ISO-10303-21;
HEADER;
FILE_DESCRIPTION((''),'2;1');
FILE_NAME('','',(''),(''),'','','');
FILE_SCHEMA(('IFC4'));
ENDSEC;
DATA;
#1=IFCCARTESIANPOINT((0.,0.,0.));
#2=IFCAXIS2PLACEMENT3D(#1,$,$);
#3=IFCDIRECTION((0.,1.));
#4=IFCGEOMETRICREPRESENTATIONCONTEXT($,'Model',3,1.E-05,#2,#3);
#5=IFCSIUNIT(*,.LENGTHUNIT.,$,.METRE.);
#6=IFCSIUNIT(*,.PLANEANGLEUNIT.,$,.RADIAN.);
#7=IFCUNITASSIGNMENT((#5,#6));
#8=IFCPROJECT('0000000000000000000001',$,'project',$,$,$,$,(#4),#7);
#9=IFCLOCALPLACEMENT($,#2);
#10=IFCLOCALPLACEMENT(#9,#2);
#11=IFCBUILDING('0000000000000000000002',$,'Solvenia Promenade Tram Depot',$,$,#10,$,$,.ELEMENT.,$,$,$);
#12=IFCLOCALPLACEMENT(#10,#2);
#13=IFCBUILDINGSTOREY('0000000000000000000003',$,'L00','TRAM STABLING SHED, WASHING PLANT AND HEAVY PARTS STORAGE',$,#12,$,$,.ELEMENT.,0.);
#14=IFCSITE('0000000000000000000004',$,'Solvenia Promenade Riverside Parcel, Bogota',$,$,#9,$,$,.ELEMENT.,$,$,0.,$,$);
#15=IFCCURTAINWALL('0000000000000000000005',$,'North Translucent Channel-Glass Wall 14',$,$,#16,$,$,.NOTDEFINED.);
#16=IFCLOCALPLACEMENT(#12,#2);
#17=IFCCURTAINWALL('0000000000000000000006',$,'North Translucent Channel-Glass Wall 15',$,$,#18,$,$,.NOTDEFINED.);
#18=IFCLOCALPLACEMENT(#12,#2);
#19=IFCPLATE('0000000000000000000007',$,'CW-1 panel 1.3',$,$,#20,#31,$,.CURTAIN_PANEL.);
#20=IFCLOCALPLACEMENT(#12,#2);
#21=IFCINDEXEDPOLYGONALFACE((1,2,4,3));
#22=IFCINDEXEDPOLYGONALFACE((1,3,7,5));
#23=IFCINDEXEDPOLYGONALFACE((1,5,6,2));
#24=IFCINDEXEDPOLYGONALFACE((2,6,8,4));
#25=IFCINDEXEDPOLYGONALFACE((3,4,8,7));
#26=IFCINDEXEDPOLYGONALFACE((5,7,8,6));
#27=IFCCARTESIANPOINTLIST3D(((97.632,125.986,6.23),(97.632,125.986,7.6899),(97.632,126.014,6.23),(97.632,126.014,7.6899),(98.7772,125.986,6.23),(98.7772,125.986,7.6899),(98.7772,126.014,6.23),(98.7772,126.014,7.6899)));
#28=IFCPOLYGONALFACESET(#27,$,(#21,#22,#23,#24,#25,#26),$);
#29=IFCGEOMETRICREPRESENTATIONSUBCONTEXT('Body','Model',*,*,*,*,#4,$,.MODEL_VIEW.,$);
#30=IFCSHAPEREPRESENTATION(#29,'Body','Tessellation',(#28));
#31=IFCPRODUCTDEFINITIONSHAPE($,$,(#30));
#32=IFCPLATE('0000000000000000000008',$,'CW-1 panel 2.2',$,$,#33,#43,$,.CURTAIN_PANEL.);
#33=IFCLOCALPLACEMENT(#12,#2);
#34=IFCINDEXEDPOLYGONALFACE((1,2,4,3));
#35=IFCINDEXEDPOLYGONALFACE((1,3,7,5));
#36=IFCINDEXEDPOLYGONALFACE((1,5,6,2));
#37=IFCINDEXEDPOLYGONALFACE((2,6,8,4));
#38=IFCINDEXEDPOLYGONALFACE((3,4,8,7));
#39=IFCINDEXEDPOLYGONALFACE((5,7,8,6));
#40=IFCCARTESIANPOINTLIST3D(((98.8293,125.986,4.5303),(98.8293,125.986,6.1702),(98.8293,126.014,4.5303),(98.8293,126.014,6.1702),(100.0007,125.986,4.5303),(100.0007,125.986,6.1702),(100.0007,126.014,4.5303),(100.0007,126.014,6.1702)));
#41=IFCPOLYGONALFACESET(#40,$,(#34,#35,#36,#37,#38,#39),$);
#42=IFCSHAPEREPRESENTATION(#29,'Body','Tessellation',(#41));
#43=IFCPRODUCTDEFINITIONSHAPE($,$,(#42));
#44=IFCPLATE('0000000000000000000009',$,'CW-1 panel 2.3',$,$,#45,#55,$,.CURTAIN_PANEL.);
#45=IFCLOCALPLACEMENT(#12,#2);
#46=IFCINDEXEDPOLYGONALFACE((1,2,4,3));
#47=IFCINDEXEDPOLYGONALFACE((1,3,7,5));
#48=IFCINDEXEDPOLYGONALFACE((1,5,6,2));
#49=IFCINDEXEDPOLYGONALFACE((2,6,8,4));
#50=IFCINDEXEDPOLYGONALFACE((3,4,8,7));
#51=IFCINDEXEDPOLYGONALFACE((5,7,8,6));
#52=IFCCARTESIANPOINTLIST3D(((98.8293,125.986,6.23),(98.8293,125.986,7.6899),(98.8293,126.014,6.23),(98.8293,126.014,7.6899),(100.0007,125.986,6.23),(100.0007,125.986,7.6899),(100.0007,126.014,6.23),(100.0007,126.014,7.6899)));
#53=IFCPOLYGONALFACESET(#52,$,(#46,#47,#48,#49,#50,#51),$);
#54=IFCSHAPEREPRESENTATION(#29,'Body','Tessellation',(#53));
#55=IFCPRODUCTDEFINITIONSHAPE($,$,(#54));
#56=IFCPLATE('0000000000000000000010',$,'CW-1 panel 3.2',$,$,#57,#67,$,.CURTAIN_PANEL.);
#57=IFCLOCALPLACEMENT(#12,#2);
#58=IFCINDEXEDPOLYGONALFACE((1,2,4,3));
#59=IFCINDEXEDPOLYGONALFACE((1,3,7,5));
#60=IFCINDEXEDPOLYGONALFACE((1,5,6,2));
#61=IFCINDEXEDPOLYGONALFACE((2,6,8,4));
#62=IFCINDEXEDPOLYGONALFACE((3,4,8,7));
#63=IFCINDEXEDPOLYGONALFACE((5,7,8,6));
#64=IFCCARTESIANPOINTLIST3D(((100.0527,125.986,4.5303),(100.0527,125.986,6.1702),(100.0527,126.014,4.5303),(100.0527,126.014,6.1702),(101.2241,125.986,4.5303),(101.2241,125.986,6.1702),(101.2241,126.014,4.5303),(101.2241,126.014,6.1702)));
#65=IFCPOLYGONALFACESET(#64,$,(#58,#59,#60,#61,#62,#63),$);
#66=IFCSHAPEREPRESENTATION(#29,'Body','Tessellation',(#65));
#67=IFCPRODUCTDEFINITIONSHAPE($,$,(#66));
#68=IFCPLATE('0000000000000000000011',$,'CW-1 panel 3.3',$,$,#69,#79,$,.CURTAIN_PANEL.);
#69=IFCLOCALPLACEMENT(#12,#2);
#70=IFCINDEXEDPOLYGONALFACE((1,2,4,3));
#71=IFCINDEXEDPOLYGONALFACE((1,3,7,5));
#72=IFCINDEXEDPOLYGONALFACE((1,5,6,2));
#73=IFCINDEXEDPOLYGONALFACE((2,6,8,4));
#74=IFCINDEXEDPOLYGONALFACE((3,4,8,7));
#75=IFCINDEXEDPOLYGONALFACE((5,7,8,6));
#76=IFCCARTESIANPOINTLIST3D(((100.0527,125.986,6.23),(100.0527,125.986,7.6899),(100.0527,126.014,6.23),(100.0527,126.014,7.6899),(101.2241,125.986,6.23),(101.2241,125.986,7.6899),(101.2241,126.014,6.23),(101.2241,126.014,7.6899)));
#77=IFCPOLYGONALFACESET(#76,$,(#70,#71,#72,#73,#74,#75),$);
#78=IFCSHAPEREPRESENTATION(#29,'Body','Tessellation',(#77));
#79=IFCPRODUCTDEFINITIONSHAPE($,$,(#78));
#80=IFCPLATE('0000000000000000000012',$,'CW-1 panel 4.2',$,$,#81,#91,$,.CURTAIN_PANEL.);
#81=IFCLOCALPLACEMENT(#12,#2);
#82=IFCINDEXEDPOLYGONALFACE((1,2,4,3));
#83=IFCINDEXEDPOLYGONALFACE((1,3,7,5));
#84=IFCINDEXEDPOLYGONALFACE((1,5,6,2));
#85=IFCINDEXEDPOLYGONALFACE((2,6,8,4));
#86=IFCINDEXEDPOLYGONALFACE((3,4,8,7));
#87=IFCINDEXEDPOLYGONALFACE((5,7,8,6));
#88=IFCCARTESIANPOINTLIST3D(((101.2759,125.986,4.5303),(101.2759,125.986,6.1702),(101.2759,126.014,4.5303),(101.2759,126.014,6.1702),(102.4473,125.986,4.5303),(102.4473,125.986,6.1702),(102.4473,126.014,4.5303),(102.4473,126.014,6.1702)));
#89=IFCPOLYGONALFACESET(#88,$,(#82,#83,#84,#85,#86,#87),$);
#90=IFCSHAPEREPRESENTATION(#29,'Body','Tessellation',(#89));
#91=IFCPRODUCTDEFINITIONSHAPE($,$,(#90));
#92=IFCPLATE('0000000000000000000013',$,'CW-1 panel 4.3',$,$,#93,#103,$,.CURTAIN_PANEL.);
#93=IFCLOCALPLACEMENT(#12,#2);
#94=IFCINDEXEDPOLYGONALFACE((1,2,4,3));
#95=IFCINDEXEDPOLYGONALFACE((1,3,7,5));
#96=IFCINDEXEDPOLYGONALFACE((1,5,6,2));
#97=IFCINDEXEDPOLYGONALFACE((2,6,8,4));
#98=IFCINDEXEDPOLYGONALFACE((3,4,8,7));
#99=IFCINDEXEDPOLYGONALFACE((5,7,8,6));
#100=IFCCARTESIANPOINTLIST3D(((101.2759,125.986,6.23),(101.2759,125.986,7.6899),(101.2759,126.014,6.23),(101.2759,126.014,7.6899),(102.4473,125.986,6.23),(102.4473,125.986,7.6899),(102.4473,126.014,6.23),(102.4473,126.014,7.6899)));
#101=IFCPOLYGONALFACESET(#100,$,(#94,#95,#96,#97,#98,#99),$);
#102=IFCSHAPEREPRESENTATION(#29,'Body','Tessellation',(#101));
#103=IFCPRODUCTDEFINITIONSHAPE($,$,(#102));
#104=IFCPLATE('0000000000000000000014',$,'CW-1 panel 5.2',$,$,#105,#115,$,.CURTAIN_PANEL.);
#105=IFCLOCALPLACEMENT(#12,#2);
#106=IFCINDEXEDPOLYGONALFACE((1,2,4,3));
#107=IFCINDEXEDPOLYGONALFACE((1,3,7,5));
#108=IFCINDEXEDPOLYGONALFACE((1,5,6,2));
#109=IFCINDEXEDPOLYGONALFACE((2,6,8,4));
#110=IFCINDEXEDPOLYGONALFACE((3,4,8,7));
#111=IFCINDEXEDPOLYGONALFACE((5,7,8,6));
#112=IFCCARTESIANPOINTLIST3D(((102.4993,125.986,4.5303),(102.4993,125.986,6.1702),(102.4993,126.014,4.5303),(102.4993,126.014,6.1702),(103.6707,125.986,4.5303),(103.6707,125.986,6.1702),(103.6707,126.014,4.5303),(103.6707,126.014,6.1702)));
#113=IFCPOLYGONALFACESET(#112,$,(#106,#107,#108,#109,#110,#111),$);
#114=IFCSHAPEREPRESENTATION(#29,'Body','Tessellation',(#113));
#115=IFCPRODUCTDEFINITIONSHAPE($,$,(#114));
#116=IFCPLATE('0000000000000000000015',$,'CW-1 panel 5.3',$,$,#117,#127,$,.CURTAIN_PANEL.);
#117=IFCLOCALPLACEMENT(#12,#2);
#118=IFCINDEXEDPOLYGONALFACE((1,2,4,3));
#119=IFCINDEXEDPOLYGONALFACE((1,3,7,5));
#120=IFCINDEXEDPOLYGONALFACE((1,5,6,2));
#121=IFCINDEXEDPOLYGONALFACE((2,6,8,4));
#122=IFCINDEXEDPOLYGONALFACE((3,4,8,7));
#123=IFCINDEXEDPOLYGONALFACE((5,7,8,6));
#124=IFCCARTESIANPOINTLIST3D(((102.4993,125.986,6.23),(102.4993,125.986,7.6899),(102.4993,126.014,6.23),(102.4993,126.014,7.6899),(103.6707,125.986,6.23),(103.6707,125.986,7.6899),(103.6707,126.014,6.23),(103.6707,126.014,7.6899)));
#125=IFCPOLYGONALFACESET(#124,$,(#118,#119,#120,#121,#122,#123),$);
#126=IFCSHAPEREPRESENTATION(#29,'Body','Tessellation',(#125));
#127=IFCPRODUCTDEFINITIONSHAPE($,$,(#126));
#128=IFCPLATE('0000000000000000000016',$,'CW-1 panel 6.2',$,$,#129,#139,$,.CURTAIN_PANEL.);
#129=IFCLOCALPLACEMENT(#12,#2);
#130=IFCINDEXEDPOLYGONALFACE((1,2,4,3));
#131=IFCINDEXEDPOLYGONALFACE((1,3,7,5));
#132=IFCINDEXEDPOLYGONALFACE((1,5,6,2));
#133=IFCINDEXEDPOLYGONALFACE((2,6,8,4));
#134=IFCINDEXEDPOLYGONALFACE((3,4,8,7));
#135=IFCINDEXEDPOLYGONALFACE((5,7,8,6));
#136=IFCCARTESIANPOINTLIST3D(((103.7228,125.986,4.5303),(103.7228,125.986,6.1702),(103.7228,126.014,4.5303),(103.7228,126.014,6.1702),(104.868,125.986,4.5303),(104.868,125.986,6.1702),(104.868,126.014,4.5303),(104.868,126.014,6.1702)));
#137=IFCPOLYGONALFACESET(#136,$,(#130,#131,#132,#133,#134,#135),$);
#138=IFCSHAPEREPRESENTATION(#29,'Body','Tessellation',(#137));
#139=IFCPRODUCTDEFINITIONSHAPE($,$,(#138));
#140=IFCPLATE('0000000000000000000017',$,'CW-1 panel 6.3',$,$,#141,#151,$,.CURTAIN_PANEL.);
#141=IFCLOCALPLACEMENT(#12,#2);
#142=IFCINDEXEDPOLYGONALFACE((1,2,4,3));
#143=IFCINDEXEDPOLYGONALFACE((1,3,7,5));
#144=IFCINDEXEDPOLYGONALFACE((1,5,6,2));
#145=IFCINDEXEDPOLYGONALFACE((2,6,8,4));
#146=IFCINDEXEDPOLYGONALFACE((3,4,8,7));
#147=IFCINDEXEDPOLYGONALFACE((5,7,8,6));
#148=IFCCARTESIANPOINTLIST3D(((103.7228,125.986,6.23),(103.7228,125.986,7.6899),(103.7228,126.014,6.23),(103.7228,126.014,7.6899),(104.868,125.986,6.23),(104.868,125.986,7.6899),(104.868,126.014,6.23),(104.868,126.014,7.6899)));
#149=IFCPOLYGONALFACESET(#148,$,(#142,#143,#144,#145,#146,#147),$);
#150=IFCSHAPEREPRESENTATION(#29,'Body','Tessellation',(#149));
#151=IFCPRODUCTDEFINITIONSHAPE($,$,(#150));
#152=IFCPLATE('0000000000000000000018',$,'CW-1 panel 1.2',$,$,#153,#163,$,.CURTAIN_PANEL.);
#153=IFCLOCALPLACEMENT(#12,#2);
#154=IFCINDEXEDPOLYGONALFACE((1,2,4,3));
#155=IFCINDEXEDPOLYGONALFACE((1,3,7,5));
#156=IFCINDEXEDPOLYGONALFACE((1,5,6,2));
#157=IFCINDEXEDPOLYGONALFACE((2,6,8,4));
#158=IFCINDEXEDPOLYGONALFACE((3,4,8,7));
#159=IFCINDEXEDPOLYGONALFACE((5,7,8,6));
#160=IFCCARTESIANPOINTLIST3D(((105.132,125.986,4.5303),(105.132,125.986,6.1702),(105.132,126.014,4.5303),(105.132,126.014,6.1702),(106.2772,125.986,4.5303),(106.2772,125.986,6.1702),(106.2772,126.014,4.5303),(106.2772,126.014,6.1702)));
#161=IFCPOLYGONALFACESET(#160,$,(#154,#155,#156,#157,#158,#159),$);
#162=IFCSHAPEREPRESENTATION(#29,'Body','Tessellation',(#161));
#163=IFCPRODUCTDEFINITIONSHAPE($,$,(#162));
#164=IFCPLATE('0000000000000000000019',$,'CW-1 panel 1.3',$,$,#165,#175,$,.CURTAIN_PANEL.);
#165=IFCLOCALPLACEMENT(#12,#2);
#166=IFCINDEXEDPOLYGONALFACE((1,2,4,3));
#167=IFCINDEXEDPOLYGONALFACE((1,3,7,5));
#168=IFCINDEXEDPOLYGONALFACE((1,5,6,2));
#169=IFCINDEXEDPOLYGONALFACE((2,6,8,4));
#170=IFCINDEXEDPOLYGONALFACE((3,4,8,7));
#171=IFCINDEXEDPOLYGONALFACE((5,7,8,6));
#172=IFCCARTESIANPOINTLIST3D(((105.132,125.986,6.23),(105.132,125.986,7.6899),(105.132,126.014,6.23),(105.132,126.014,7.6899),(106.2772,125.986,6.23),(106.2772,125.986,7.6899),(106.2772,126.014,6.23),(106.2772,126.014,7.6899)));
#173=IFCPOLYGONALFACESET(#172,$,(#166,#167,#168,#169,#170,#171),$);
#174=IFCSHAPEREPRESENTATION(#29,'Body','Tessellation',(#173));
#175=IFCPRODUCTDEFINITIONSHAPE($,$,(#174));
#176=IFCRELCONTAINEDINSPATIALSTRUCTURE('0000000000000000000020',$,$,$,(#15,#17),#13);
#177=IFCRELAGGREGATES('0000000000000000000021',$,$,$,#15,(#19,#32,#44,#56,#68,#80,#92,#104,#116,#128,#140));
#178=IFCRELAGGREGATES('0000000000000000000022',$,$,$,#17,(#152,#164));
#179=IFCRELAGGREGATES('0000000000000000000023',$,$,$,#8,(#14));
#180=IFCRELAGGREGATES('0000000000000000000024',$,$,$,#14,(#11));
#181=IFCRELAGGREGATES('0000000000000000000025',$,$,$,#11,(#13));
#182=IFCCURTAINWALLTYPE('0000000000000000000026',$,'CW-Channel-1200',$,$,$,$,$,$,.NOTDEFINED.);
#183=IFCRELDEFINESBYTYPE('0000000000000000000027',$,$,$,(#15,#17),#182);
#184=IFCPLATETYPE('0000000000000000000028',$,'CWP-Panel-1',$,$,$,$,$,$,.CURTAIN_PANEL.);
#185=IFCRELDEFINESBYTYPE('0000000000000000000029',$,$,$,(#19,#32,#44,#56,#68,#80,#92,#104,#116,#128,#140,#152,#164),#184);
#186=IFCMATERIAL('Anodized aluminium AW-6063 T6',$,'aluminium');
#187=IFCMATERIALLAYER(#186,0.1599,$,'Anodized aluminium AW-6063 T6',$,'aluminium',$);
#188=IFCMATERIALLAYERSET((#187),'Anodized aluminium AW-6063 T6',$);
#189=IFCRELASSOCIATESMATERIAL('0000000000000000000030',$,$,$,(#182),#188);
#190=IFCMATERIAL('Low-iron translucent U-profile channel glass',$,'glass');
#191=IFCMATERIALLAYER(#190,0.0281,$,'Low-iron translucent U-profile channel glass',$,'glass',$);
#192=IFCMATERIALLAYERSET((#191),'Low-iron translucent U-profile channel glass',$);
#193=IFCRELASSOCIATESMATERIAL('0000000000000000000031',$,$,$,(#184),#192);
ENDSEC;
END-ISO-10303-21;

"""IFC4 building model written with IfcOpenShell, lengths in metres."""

from ifc_helpers import new_model, si_unit, direction, frame, origin, origin_2d, place, context, subcontext, project, spatial, rectangle, extrude, material, layer, layer_set, type_object, element, aggregate, save


model = new_model("IFC4")

# Units and contexts
model_context = context("Model", 3, precision=1e-05, world=origin(), true_north=direction((0.0, 1.0)))
body_context = subcontext(model_context, "Body", "Model", "MODEL_VIEW")
ifc_project = project(units=[si_unit("LENGTHUNIT", "METRE"), si_unit("PLANEANGLEUNIT", "RADIAN")], contexts=[model_context])

# Site, building, storey
site_placement = place(None, origin())
site = spatial("IfcSite", under=ifc_project, at=site_placement, Name="Solvenia Promenade Riverside Parcel, Bogota", CompositionType="ELEMENT", RefElevation=0.0)
building_placement = place(site_placement, origin())
building = spatial("IfcBuilding", under=site, at=building_placement, Name="Solvenia Promenade Tram Depot", CompositionType="ELEMENT")
storey_placement = place(building_placement, origin())
storey = spatial("IfcBuildingStorey", under=building, at=storey_placement, Name="L00", Description="TRAM STABLING SHED, WASHING PLANT AND HEAVY PARTS STORAGE", CompositionType="ELEMENT", Elevation=0.0)

# Curtain walls
ifc_material_1 = material(Name="Anodized aluminium AW-6063 T6", Category="aluminium")
ifc_layer_1 = layer(ifc_material_1, 0.1599, Name="Anodized aluminium AW-6063 T6", Category="aluminium")
ifc_layer_set_1 = layer_set([ifc_layer_1], Name="Anodized aluminium AW-6063 T6")
curtain_wall_type = type_object("IfcCurtainWallType", Name="CW-Channel-1200", PredefinedType="NOTDEFINED", material=ifc_layer_set_1)
curtain_wall_1_placement = place(storey_placement, origin())
curtain_wall_1 = element("IfcCurtainWall", 1, at=curtain_wall_1_placement, inside=storey, type_object=curtain_wall_type, Name="North Translucent Channel-Glass Wall 14", PredefinedType="NOTDEFINED")
curtain_wall_2_placement = place(storey_placement, origin())
curtain_wall_2 = element("IfcCurtainWall", 2, at=curtain_wall_2_placement, inside=storey, type_object=curtain_wall_type, Name="North Translucent Channel-Glass Wall 15", PredefinedType="NOTDEFINED")

# Plates
ifc_material_2 = material(Name="Low-iron translucent U-profile channel glass", Category="glass")
ifc_layer_2 = layer(ifc_material_2, 0.0281, Name="Low-iron translucent U-profile channel glass", Category="glass")
ifc_layer_set_2 = layer_set([ifc_layer_2], Name="Low-iron translucent U-profile channel glass")
plate_type = type_object("IfcPlateType", Name="CWP-Panel-1", PredefinedType="CURTAIN_PANEL", material=ifc_layer_set_2)
plate_1_placement = place(storey_placement, frame((98.2046, 126.0, 6.23), z_axis=(0.0, 0.0, 1.0), x_axis=(1.0, 0.0, 0.0)))
plate_1 = element("IfcPlate", 3, at=plate_1_placement, type_object=plate_type, Name="CW-1 panel 1.3", PredefinedType="CURTAIN_PANEL", context=body_context, shape_type="SweptSolid", body=[
    extrude(rectangle(XDim=1.1453, YDim=0.0281, at=origin_2d()), origin(), (0.0, 0.0, 1.0), 1.46),
])
plate_2_placement = place(storey_placement, frame((99.415, 126.0, 4.5303), z_axis=(0.0, 0.0, 1.0), x_axis=(1.0, 0.0, 0.0)))
plate_2 = element("IfcPlate", 4, at=plate_2_placement, type_object=plate_type, Name="CW-1 panel 2.2", PredefinedType="CURTAIN_PANEL", context=body_context, shape_type="SweptSolid", body=[
    extrude(rectangle(XDim=1.1714, YDim=0.0281, at=origin_2d()), origin(), (0.0, 0.0, 1.0), 1.6399),
])
plate_3_placement = place(storey_placement, frame((99.415, 126.0, 6.23), z_axis=(0.0, 0.0, 1.0), x_axis=(1.0, 0.0, 0.0)))
plate_3 = element("IfcPlate", 5, at=plate_3_placement, type_object=plate_type, Name="CW-1 panel 2.3", PredefinedType="CURTAIN_PANEL", context=body_context, shape_type="SweptSolid", body=[
    extrude(rectangle(XDim=1.1714, YDim=0.0281, at=origin_2d()), origin(), (0.0, 0.0, 1.0), 1.46),
])
plate_4_placement = place(storey_placement, frame((100.6384, 126.0, 4.5303), z_axis=(0.0, 0.0, 1.0), x_axis=(1.0, 0.0, 0.0)))
plate_4 = element("IfcPlate", 6, at=plate_4_placement, type_object=plate_type, Name="CW-1 panel 3.2", PredefinedType="CURTAIN_PANEL", context=body_context, shape_type="SweptSolid", body=[
    extrude(rectangle(XDim=1.1714, YDim=0.0281, at=origin_2d()), origin(), (0.0, 0.0, 1.0), 1.6399),
])
plate_5_placement = place(storey_placement, frame((100.6384, 126.0, 6.23), z_axis=(0.0, 0.0, 1.0), x_axis=(1.0, 0.0, 0.0)))
plate_5 = element("IfcPlate", 7, at=plate_5_placement, type_object=plate_type, Name="CW-1 panel 3.3", PredefinedType="CURTAIN_PANEL", context=body_context, shape_type="SweptSolid", body=[
    extrude(rectangle(XDim=1.1714, YDim=0.0281, at=origin_2d()), origin(), (0.0, 0.0, 1.0), 1.46),
])
plate_6_placement = place(storey_placement, frame((101.8616, 126.0, 4.5303), z_axis=(0.0, 0.0, 1.0), x_axis=(1.0, 0.0, 0.0)))
plate_6 = element("IfcPlate", 8, at=plate_6_placement, type_object=plate_type, Name="CW-1 panel 4.2", PredefinedType="CURTAIN_PANEL", context=body_context, shape_type="SweptSolid", body=[
    extrude(rectangle(XDim=1.1714, YDim=0.0281, at=origin_2d()), origin(), (0.0, 0.0, 1.0), 1.6399),
])
plate_7_placement = place(storey_placement, frame((101.8616, 126.0, 6.23), z_axis=(0.0, 0.0, 1.0), x_axis=(1.0, 0.0, 0.0)))
plate_7 = element("IfcPlate", 9, at=plate_7_placement, type_object=plate_type, Name="CW-1 panel 4.3", PredefinedType="CURTAIN_PANEL", context=body_context, shape_type="SweptSolid", body=[
    extrude(rectangle(XDim=1.1714, YDim=0.0281, at=origin_2d()), origin(), (0.0, 0.0, 1.0), 1.46),
])
plate_8_placement = place(storey_placement, frame((103.085, 126.0, 4.5303), z_axis=(0.0, 0.0, 1.0), x_axis=(1.0, 0.0, 0.0)))
plate_8 = element("IfcPlate", 10, at=plate_8_placement, type_object=plate_type, Name="CW-1 panel 5.2", PredefinedType="CURTAIN_PANEL", context=body_context, shape_type="SweptSolid", body=[
    extrude(rectangle(XDim=1.1714, YDim=0.0281, at=origin_2d()), origin(), (0.0, 0.0, 1.0), 1.6399),
])
plate_9_placement = place(storey_placement, frame((103.085, 126.0, 6.23), z_axis=(0.0, 0.0, 1.0), x_axis=(1.0, 0.0, 0.0)))
plate_9 = element("IfcPlate", 11, at=plate_9_placement, type_object=plate_type, Name="CW-1 panel 5.3", PredefinedType="CURTAIN_PANEL", context=body_context, shape_type="SweptSolid", body=[
    extrude(rectangle(XDim=1.1714, YDim=0.0281, at=origin_2d()), origin(), (0.0, 0.0, 1.0), 1.46),
])
plate_10_placement = place(storey_placement, frame((104.2954, 126.0, 4.5303), z_axis=(0.0, 0.0, 1.0), x_axis=(1.0, 0.0, 0.0)))
plate_10 = element("IfcPlate", 12, at=plate_10_placement, type_object=plate_type, Name="CW-1 panel 6.2", PredefinedType="CURTAIN_PANEL", context=body_context, shape_type="SweptSolid", body=[
    extrude(rectangle(XDim=1.1453, YDim=0.0281, at=origin_2d()), origin(), (0.0, 0.0, 1.0), 1.6399),
])
plate_11_placement = place(storey_placement, frame((104.2954, 126.0, 6.23), z_axis=(0.0, 0.0, 1.0), x_axis=(1.0, 0.0, 0.0)))
plate_11 = element("IfcPlate", 13, at=plate_11_placement, type_object=plate_type, Name="CW-1 panel 6.3", PredefinedType="CURTAIN_PANEL", context=body_context, shape_type="SweptSolid", body=[
    extrude(rectangle(XDim=1.1453, YDim=0.0281, at=origin_2d()), origin(), (0.0, 0.0, 1.0), 1.46),
])
aggregate(curtain_wall_1, [plate_1, plate_2, plate_3, plate_4, plate_5, plate_6, plate_7, plate_8, plate_9, plate_10, plate_11])
plate_12_placement = place(storey_placement, frame((105.7046, 126.0, 4.5303), z_axis=(0.0, 0.0, 1.0), x_axis=(1.0, 0.0, 0.0)))
plate_12 = element("IfcPlate", 14, at=plate_12_placement, type_object=plate_type, Name="CW-1 panel 1.2", PredefinedType="CURTAIN_PANEL", context=body_context, shape_type="SweptSolid", body=[
    extrude(rectangle(XDim=1.1453, YDim=0.0281, at=origin_2d()), origin(), (0.0, 0.0, 1.0), 1.6399),
])
plate_13_placement = place(storey_placement, frame((105.7046, 126.0, 6.23), z_axis=(0.0, 0.0, 1.0), x_axis=(1.0, 0.0, 0.0)))
plate_13 = element("IfcPlate", 15, at=plate_13_placement, type_object=plate_type, Name="CW-1 panel 1.3", PredefinedType="CURTAIN_PANEL", context=body_context, shape_type="SweptSolid", body=[
    extrude(rectangle(XDim=1.1453, YDim=0.0281, at=origin_2d()), origin(), (0.0, 0.0, 1.0), 1.46),
])
aggregate(curtain_wall_2, [plate_12, plate_13])

save(model, "model.ifc")
